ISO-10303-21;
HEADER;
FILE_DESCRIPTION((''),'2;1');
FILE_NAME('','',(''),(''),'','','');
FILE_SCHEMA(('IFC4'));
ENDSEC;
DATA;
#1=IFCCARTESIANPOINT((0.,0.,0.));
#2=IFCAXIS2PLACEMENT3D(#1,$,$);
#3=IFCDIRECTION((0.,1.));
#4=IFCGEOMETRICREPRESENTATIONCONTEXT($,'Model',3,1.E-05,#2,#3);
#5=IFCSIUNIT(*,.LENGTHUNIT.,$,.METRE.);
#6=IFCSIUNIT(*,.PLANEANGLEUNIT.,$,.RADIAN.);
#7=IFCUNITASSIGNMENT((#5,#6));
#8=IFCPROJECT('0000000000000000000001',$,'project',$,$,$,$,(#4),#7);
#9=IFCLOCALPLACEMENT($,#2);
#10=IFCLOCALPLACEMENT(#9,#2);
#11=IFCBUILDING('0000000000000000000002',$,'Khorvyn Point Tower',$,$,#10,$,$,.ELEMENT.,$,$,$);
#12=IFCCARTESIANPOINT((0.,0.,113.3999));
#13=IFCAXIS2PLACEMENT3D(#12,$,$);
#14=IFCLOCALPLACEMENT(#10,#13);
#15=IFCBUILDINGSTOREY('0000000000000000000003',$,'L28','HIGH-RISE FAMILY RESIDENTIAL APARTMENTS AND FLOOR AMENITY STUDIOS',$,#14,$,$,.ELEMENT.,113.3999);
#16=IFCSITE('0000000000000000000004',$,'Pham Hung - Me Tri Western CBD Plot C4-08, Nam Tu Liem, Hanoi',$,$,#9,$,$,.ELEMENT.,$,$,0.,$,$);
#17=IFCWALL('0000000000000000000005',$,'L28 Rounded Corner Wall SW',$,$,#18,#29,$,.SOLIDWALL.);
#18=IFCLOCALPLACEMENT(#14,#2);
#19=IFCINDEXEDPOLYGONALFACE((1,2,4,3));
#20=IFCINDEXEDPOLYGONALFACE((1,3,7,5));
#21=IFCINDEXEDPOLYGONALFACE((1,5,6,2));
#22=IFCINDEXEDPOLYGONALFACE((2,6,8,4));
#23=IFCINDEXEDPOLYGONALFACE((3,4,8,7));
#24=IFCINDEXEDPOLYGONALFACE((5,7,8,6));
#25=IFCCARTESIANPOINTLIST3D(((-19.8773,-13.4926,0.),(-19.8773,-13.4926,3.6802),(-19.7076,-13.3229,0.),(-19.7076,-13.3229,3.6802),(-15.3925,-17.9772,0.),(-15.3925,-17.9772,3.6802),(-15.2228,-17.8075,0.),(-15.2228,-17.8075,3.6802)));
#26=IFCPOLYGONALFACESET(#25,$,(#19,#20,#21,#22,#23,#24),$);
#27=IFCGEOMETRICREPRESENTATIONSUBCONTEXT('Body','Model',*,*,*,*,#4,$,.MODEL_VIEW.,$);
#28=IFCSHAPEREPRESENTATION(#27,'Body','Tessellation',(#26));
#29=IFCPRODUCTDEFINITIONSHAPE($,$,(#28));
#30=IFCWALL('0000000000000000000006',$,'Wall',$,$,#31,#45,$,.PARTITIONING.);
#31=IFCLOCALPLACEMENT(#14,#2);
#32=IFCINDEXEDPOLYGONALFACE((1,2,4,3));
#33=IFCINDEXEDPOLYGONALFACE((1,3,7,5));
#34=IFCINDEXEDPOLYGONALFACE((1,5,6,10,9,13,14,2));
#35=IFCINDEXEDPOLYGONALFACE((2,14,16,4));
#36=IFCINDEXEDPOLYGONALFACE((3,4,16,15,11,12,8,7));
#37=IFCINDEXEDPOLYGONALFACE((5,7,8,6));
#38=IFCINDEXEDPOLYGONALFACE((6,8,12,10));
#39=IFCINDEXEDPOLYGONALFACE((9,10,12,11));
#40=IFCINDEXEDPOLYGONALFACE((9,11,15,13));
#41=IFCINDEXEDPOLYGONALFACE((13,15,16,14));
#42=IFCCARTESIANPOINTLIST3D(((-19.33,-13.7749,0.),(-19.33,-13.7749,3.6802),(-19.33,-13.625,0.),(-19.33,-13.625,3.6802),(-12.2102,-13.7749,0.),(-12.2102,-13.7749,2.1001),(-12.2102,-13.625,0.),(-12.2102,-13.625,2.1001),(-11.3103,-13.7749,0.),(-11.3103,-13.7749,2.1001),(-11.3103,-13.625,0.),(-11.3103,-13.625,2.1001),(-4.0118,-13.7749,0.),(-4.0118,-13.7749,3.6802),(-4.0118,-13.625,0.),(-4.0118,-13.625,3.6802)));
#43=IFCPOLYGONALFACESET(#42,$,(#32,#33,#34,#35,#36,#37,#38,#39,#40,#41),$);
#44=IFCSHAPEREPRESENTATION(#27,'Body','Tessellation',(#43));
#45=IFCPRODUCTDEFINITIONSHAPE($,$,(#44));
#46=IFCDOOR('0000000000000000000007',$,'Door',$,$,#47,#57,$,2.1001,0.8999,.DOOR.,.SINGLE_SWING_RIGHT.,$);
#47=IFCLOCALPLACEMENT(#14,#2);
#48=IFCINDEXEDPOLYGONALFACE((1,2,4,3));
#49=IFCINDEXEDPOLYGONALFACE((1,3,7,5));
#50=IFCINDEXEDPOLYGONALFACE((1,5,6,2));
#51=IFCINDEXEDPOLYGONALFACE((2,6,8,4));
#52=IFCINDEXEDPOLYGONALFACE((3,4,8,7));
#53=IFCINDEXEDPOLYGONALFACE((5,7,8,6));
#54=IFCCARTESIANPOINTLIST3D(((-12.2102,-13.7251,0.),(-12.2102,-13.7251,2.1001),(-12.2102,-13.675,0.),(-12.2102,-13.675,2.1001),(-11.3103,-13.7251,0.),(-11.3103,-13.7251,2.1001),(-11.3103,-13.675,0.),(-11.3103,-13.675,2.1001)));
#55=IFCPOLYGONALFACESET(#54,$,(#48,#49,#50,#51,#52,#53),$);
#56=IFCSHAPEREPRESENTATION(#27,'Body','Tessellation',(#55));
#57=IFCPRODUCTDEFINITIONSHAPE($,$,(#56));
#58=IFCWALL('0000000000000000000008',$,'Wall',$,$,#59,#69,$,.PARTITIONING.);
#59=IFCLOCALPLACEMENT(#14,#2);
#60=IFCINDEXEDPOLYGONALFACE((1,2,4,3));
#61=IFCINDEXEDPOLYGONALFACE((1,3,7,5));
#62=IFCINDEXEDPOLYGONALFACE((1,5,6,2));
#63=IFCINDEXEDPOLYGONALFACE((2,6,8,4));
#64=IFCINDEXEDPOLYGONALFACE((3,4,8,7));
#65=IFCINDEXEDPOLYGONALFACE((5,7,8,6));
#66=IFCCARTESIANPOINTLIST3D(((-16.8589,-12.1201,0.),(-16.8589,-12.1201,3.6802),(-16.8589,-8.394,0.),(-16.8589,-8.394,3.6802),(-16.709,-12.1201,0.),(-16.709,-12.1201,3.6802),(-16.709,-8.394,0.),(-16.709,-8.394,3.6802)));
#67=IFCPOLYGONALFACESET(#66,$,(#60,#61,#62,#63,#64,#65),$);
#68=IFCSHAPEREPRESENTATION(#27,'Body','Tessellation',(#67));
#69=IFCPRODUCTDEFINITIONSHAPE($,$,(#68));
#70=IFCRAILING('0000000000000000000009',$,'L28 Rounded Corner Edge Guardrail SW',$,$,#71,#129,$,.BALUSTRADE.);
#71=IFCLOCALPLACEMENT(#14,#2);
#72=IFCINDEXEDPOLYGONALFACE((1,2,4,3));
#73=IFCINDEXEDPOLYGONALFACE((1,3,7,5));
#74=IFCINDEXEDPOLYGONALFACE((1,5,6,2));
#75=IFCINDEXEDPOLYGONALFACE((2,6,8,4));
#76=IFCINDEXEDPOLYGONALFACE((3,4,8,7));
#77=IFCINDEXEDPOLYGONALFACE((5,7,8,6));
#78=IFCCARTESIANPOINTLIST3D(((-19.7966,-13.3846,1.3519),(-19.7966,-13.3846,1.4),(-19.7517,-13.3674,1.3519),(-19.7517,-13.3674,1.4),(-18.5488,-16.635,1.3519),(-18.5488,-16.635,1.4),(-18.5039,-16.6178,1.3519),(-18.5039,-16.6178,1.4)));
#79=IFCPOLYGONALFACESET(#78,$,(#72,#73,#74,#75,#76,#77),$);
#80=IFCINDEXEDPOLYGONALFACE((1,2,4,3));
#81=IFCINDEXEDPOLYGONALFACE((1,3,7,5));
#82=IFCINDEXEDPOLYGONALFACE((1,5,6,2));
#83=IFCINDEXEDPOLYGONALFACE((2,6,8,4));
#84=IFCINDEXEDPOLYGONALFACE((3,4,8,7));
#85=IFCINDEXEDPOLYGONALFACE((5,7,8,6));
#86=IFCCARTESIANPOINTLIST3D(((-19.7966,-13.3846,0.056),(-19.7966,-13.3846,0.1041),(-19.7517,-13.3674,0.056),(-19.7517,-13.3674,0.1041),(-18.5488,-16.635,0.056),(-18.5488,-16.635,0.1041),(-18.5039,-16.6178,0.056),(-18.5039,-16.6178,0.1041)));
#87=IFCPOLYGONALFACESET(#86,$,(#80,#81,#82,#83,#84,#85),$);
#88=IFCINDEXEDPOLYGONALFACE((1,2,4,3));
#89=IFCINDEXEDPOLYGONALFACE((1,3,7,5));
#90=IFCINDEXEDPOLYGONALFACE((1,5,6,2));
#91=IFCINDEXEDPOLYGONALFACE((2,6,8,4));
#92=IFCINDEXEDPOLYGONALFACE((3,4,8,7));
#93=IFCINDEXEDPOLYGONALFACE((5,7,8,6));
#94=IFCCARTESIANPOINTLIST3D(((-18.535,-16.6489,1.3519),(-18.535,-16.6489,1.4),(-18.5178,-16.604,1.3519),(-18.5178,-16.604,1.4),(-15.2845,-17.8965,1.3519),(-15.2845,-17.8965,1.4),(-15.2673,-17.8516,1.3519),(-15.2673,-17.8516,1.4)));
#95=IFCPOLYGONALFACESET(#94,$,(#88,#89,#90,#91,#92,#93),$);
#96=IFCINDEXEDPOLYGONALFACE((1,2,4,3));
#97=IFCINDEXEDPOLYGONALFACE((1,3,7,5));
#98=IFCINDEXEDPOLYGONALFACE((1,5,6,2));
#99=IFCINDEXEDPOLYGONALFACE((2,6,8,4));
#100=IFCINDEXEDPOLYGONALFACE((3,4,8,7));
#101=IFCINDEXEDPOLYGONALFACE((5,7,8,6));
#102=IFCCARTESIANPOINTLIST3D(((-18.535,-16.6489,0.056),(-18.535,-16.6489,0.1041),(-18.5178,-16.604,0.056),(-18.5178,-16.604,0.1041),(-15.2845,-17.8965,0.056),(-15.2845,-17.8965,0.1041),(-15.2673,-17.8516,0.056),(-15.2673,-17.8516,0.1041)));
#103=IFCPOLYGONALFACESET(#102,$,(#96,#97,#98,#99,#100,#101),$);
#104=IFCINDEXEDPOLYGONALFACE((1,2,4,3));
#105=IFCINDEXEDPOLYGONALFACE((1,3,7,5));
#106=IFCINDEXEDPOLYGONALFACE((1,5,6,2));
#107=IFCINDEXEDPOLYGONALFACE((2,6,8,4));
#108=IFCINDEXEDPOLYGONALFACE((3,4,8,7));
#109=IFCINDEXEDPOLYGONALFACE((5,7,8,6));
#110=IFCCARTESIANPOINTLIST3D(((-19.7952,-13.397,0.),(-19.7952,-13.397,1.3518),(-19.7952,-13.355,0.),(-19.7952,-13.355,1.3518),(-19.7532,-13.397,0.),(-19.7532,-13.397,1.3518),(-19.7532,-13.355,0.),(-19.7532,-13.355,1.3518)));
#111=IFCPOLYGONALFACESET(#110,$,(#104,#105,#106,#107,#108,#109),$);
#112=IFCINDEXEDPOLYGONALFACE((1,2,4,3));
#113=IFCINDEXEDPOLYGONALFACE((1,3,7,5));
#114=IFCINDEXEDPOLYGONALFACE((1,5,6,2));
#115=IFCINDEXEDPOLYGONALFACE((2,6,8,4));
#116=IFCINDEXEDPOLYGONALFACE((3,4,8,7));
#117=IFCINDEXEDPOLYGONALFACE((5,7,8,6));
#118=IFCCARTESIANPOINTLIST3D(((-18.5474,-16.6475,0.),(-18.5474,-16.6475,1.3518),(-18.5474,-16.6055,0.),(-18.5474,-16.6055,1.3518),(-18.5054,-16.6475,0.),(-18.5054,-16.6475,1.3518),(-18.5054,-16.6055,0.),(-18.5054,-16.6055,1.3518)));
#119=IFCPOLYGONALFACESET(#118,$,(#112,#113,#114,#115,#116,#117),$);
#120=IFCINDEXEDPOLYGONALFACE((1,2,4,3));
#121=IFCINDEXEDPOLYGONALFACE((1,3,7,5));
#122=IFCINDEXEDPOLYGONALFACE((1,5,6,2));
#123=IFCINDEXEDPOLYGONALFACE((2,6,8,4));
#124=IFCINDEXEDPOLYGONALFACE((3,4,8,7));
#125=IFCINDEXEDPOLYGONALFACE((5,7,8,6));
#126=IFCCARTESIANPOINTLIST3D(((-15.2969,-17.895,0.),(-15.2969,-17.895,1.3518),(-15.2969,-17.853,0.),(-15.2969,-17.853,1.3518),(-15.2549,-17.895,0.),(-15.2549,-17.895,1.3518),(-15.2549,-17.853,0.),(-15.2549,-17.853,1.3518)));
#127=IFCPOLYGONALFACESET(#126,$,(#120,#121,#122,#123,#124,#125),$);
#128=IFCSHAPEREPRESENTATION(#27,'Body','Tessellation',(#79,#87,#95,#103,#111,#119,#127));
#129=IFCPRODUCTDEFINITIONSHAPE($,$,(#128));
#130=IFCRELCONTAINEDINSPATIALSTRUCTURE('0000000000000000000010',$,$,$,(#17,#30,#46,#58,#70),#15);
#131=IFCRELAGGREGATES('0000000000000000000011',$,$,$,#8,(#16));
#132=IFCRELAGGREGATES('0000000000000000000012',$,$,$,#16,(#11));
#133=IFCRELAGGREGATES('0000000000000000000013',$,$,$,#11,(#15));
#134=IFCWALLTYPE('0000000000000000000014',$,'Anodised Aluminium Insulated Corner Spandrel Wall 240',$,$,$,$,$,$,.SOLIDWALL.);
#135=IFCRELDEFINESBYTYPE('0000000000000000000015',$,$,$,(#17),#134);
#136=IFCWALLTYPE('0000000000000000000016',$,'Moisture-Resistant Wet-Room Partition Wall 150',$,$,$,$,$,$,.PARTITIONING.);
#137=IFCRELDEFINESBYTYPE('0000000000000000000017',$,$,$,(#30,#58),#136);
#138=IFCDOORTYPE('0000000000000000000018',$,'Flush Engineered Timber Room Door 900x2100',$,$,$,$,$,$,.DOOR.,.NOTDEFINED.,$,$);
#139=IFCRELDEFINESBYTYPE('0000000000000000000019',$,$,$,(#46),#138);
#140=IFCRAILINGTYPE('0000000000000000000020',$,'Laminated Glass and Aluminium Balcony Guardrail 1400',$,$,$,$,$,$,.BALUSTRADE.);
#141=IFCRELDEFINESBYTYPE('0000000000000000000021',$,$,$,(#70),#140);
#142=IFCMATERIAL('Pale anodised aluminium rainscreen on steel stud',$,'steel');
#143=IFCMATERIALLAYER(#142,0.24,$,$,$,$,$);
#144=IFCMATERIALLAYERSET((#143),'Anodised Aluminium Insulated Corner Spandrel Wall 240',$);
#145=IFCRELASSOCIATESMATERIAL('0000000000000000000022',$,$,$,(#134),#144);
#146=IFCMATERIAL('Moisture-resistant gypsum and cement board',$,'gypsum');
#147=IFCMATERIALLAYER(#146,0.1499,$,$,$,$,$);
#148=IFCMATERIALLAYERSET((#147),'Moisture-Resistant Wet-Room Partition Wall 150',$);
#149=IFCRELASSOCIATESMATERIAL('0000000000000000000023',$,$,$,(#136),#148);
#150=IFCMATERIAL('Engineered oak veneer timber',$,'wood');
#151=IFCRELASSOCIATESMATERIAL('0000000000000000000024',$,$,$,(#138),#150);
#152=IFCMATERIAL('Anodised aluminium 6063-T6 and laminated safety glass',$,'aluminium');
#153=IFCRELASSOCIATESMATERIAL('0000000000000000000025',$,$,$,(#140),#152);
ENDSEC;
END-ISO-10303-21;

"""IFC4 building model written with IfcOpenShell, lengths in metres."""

from ifc_helpers import new_model, si_unit, direction, frame, frame_2d, origin, origin_2d, place, context, subcontext, project, spatial, rectangle, extrude, material, layer, layer_set, type_object, element, fill, save


model = new_model("IFC4")

# Units and contexts
model_context = context("Model", 3, precision=1e-05, world=origin(), true_north=direction((0.0, 1.0)))
body_context = subcontext(model_context, "Body", "Model", "MODEL_VIEW")
ifc_project = project(units=[si_unit("LENGTHUNIT", "METRE"), si_unit("PLANEANGLEUNIT", "RADIAN")], contexts=[model_context])

# Site, building, storey
site_placement = place(None, origin())
site = spatial("IfcSite", under=ifc_project, at=site_placement, Name="Pham Hung - Me Tri Western CBD Plot C4-08, Nam Tu Liem, Hanoi", CompositionType="ELEMENT", RefElevation=0.0)
building_placement = place(site_placement, origin())
building = spatial("IfcBuilding", under=site, at=building_placement, Name="Khorvyn Point Tower", CompositionType="ELEMENT")
storey_placement = place(building_placement, frame((0.0, 0.0, 113.3999)))
storey = spatial("IfcBuildingStorey", under=building, at=storey_placement, Name="L28", Description="HIGH-RISE FAMILY RESIDENTIAL APARTMENTS AND FLOOR AMENITY STUDIOS", CompositionType="ELEMENT", Elevation=113.3999)

# Wall
ifc_material_1 = material(Name="Pale anodised aluminium rainscreen on steel stud", Category="steel")
ifc_layer_1 = layer(ifc_material_1, 0.24)
ifc_layer_set_1 = layer_set([ifc_layer_1], Name="Anodised Aluminium Insulated Corner Spandrel Wall 240")
wall_type_1 = type_object("IfcWallType", Name="Anodised Aluminium Insulated Corner Spandrel Wall 240", PredefinedType="SOLIDWALL", material=ifc_layer_set_1)
wall_1_placement = place(storey_placement, frame((-15.3076, -17.8923, 0.0), z_axis=(0.0, 0.0, 1.0), x_axis=(-0.707126, 0.707088, 0.0)))
element("IfcWall", 1, at=wall_1_placement, inside=storey, type_object=wall_type_1, Name="L28 Rounded Corner Wall SW", PredefinedType="SOLIDWALL", context=body_context, shape_type="SweptSolid", body=[
    extrude(rectangle(XDim=6.3423, YDim=0.24, at=frame_2d((3.1711, 0.0))), origin(), (0.0, 0.0, 1.0), 3.6802),
])

# Wall, opening, door
ifc_material_2 = material(Name="Moisture-resistant gypsum and cement board", Category="gypsum")
ifc_layer_2 = layer(ifc_material_2, 0.1499)
ifc_layer_set_2 = layer_set([ifc_layer_2], Name="Moisture-Resistant Wet-Room Partition Wall 150")
wall_type_2 = type_object("IfcWallType", Name="Moisture-Resistant Wet-Room Partition Wall 150", PredefinedType="PARTITIONING", material=ifc_layer_set_2)
wall_2_placement = place(storey_placement, frame((-19.3301, -13.7, 0.0), z_axis=(0.0, 0.0, 1.0), x_axis=(1.0, 0.0, 0.0)))
wall_2 = element("IfcWall", 2, at=wall_2_placement, inside=storey, type_object=wall_type_2, Name="Wall", PredefinedType="PARTITIONING", context=body_context, shape_type="SweptSolid", body=[
    extrude(rectangle(XDim=15.3181, YDim=0.1499, at=frame_2d((7.6592, 0.0))), origin(), (0.0, 0.0, 1.0), 3.6802),
])
opening_1_placement = place(wall_2_placement, frame((7.1199, 0.0, 0.0)))
opening_1 = element("IfcOpeningElement", 3, at=opening_1_placement, cuts=wall_2, PredefinedType="OPENING", context=body_context, shape_type="SweptSolid", body=[
    extrude(rectangle(XDim=0.8999, YDim=2.1001, at=frame_2d((0.45, 1.05))), frame((0.0, 0.085, 0.0), z_axis=(0.0, -1.0, 0.0), x_axis=(1.0, 0.0, 0.0)), (0.0, 0.0, 1.0), 0.1699),
])
ifc_material_3 = material(Name="Engineered oak veneer timber", Category="wood")
door_type_1 = type_object("IfcDoorType", Name="Flush Engineered Timber Room Door 900x2100", OperationType="NOTDEFINED", PredefinedType="DOOR", material=ifc_material_3)
door_1_placement = place(opening_1_placement, origin())
door_1 = element("IfcDoor", 4, at=door_1_placement, inside=storey, type_object=door_type_1, Name="Door", OperationType="SINGLE_SWING_RIGHT", OverallHeight=2.1001, OverallWidth=0.8999, PredefinedType="DOOR", context=body_context, shape_type="SweptSolid", body=[
    extrude(rectangle(XDim=0.8999, YDim=2.1001, at=frame_2d((0.45, 1.05))), frame((0.0, 0.0249, 0.0), z_axis=(0.0, -1.0, 0.0), x_axis=(1.0, 0.0, 0.0)), (0.0, 0.0, 1.0), 0.05),
])
fill(opening_1, door_1)

# Wall
wall_3_placement = place(storey_placement, frame((-16.7839, -12.1201, 0.0), z_axis=(0.0, 0.0, 1.0), x_axis=(0.0, 1.0, 0.0)))
element("IfcWall", 5, at=wall_3_placement, inside=storey, type_object=wall_type_2, Name="Wall", PredefinedType="PARTITIONING", context=body_context, shape_type="SweptSolid", body=[
    extrude(rectangle(XDim=3.7261, YDim=0.1499, at=frame_2d((1.863, 0.0))), origin(), (0.0, 0.0, 1.0), 3.6802),
])

# Railing
ifc_material_4 = material(Name="Anodised aluminium 6063-T6 and laminated safety glass", Category="aluminium")
railing_type = type_object("IfcRailingType", Name="Laminated Glass and Aluminium Balcony Guardrail 1400", PredefinedType="BALUSTRADE", material=ifc_material_4)
railing_1_placement = place(storey_placement, frame((-19.7742, -13.376, 0.0)))
element("IfcRailing", 6, at=railing_1_placement, inside=storey, type_object=railing_type, Name="L28 Rounded Corner Edge Guardrail SW", PredefinedType="BALUSTRADE", context=body_context, shape_type="SweptSolid", body=[
    extrude(rectangle(XDim=0.0481, YDim=0.0481, at=origin_2d()), frame((0.0, 0.0, 1.376), z_axis=(0.358382, -0.933575, 0.0), x_axis=(0.933575, 0.358382, 0.0)), (0.0, 0.0, 1.0), 3.4817),
    extrude(rectangle(XDim=0.0481, YDim=0.0481, at=origin_2d()), frame((0.0, 0.0, 0.0801), z_axis=(0.358382, -0.933575, 0.0), x_axis=(0.933575, 0.358382, 0.0)), (0.0, 0.0, 1.0), 3.4817),
    extrude(rectangle(XDim=0.0481, YDim=0.0481, at=origin_2d()), frame((1.2478, -3.2505, 1.376), z_axis=(0.933598, -0.358321, 0.0), x_axis=(0.358321, 0.933598, 0.0)), (0.0, 0.0, 1.0), 3.4817),
    extrude(rectangle(XDim=0.0481, YDim=0.0481, at=origin_2d()), frame((1.2478, -3.2505, 0.0801), z_axis=(0.933598, -0.358321, 0.0), x_axis=(0.358321, 0.933598, 0.0)), (0.0, 0.0, 1.0), 3.4817),
    extrude(rectangle(XDim=0.042, YDim=0.042, at=origin_2d()), origin(), (0.0, 0.0, 1.0), 1.3518),
    extrude(rectangle(XDim=0.042, YDim=0.042, at=origin_2d()), frame((1.2478, -3.2505, 0.0)), (0.0, 0.0, 1.0), 1.3518),
    extrude(rectangle(XDim=0.042, YDim=0.042, at=origin_2d()), frame((4.4983, -4.498, 0.0)), (0.0, 0.0, 1.0), 1.3518),
])

save(model, "model.ifc")
